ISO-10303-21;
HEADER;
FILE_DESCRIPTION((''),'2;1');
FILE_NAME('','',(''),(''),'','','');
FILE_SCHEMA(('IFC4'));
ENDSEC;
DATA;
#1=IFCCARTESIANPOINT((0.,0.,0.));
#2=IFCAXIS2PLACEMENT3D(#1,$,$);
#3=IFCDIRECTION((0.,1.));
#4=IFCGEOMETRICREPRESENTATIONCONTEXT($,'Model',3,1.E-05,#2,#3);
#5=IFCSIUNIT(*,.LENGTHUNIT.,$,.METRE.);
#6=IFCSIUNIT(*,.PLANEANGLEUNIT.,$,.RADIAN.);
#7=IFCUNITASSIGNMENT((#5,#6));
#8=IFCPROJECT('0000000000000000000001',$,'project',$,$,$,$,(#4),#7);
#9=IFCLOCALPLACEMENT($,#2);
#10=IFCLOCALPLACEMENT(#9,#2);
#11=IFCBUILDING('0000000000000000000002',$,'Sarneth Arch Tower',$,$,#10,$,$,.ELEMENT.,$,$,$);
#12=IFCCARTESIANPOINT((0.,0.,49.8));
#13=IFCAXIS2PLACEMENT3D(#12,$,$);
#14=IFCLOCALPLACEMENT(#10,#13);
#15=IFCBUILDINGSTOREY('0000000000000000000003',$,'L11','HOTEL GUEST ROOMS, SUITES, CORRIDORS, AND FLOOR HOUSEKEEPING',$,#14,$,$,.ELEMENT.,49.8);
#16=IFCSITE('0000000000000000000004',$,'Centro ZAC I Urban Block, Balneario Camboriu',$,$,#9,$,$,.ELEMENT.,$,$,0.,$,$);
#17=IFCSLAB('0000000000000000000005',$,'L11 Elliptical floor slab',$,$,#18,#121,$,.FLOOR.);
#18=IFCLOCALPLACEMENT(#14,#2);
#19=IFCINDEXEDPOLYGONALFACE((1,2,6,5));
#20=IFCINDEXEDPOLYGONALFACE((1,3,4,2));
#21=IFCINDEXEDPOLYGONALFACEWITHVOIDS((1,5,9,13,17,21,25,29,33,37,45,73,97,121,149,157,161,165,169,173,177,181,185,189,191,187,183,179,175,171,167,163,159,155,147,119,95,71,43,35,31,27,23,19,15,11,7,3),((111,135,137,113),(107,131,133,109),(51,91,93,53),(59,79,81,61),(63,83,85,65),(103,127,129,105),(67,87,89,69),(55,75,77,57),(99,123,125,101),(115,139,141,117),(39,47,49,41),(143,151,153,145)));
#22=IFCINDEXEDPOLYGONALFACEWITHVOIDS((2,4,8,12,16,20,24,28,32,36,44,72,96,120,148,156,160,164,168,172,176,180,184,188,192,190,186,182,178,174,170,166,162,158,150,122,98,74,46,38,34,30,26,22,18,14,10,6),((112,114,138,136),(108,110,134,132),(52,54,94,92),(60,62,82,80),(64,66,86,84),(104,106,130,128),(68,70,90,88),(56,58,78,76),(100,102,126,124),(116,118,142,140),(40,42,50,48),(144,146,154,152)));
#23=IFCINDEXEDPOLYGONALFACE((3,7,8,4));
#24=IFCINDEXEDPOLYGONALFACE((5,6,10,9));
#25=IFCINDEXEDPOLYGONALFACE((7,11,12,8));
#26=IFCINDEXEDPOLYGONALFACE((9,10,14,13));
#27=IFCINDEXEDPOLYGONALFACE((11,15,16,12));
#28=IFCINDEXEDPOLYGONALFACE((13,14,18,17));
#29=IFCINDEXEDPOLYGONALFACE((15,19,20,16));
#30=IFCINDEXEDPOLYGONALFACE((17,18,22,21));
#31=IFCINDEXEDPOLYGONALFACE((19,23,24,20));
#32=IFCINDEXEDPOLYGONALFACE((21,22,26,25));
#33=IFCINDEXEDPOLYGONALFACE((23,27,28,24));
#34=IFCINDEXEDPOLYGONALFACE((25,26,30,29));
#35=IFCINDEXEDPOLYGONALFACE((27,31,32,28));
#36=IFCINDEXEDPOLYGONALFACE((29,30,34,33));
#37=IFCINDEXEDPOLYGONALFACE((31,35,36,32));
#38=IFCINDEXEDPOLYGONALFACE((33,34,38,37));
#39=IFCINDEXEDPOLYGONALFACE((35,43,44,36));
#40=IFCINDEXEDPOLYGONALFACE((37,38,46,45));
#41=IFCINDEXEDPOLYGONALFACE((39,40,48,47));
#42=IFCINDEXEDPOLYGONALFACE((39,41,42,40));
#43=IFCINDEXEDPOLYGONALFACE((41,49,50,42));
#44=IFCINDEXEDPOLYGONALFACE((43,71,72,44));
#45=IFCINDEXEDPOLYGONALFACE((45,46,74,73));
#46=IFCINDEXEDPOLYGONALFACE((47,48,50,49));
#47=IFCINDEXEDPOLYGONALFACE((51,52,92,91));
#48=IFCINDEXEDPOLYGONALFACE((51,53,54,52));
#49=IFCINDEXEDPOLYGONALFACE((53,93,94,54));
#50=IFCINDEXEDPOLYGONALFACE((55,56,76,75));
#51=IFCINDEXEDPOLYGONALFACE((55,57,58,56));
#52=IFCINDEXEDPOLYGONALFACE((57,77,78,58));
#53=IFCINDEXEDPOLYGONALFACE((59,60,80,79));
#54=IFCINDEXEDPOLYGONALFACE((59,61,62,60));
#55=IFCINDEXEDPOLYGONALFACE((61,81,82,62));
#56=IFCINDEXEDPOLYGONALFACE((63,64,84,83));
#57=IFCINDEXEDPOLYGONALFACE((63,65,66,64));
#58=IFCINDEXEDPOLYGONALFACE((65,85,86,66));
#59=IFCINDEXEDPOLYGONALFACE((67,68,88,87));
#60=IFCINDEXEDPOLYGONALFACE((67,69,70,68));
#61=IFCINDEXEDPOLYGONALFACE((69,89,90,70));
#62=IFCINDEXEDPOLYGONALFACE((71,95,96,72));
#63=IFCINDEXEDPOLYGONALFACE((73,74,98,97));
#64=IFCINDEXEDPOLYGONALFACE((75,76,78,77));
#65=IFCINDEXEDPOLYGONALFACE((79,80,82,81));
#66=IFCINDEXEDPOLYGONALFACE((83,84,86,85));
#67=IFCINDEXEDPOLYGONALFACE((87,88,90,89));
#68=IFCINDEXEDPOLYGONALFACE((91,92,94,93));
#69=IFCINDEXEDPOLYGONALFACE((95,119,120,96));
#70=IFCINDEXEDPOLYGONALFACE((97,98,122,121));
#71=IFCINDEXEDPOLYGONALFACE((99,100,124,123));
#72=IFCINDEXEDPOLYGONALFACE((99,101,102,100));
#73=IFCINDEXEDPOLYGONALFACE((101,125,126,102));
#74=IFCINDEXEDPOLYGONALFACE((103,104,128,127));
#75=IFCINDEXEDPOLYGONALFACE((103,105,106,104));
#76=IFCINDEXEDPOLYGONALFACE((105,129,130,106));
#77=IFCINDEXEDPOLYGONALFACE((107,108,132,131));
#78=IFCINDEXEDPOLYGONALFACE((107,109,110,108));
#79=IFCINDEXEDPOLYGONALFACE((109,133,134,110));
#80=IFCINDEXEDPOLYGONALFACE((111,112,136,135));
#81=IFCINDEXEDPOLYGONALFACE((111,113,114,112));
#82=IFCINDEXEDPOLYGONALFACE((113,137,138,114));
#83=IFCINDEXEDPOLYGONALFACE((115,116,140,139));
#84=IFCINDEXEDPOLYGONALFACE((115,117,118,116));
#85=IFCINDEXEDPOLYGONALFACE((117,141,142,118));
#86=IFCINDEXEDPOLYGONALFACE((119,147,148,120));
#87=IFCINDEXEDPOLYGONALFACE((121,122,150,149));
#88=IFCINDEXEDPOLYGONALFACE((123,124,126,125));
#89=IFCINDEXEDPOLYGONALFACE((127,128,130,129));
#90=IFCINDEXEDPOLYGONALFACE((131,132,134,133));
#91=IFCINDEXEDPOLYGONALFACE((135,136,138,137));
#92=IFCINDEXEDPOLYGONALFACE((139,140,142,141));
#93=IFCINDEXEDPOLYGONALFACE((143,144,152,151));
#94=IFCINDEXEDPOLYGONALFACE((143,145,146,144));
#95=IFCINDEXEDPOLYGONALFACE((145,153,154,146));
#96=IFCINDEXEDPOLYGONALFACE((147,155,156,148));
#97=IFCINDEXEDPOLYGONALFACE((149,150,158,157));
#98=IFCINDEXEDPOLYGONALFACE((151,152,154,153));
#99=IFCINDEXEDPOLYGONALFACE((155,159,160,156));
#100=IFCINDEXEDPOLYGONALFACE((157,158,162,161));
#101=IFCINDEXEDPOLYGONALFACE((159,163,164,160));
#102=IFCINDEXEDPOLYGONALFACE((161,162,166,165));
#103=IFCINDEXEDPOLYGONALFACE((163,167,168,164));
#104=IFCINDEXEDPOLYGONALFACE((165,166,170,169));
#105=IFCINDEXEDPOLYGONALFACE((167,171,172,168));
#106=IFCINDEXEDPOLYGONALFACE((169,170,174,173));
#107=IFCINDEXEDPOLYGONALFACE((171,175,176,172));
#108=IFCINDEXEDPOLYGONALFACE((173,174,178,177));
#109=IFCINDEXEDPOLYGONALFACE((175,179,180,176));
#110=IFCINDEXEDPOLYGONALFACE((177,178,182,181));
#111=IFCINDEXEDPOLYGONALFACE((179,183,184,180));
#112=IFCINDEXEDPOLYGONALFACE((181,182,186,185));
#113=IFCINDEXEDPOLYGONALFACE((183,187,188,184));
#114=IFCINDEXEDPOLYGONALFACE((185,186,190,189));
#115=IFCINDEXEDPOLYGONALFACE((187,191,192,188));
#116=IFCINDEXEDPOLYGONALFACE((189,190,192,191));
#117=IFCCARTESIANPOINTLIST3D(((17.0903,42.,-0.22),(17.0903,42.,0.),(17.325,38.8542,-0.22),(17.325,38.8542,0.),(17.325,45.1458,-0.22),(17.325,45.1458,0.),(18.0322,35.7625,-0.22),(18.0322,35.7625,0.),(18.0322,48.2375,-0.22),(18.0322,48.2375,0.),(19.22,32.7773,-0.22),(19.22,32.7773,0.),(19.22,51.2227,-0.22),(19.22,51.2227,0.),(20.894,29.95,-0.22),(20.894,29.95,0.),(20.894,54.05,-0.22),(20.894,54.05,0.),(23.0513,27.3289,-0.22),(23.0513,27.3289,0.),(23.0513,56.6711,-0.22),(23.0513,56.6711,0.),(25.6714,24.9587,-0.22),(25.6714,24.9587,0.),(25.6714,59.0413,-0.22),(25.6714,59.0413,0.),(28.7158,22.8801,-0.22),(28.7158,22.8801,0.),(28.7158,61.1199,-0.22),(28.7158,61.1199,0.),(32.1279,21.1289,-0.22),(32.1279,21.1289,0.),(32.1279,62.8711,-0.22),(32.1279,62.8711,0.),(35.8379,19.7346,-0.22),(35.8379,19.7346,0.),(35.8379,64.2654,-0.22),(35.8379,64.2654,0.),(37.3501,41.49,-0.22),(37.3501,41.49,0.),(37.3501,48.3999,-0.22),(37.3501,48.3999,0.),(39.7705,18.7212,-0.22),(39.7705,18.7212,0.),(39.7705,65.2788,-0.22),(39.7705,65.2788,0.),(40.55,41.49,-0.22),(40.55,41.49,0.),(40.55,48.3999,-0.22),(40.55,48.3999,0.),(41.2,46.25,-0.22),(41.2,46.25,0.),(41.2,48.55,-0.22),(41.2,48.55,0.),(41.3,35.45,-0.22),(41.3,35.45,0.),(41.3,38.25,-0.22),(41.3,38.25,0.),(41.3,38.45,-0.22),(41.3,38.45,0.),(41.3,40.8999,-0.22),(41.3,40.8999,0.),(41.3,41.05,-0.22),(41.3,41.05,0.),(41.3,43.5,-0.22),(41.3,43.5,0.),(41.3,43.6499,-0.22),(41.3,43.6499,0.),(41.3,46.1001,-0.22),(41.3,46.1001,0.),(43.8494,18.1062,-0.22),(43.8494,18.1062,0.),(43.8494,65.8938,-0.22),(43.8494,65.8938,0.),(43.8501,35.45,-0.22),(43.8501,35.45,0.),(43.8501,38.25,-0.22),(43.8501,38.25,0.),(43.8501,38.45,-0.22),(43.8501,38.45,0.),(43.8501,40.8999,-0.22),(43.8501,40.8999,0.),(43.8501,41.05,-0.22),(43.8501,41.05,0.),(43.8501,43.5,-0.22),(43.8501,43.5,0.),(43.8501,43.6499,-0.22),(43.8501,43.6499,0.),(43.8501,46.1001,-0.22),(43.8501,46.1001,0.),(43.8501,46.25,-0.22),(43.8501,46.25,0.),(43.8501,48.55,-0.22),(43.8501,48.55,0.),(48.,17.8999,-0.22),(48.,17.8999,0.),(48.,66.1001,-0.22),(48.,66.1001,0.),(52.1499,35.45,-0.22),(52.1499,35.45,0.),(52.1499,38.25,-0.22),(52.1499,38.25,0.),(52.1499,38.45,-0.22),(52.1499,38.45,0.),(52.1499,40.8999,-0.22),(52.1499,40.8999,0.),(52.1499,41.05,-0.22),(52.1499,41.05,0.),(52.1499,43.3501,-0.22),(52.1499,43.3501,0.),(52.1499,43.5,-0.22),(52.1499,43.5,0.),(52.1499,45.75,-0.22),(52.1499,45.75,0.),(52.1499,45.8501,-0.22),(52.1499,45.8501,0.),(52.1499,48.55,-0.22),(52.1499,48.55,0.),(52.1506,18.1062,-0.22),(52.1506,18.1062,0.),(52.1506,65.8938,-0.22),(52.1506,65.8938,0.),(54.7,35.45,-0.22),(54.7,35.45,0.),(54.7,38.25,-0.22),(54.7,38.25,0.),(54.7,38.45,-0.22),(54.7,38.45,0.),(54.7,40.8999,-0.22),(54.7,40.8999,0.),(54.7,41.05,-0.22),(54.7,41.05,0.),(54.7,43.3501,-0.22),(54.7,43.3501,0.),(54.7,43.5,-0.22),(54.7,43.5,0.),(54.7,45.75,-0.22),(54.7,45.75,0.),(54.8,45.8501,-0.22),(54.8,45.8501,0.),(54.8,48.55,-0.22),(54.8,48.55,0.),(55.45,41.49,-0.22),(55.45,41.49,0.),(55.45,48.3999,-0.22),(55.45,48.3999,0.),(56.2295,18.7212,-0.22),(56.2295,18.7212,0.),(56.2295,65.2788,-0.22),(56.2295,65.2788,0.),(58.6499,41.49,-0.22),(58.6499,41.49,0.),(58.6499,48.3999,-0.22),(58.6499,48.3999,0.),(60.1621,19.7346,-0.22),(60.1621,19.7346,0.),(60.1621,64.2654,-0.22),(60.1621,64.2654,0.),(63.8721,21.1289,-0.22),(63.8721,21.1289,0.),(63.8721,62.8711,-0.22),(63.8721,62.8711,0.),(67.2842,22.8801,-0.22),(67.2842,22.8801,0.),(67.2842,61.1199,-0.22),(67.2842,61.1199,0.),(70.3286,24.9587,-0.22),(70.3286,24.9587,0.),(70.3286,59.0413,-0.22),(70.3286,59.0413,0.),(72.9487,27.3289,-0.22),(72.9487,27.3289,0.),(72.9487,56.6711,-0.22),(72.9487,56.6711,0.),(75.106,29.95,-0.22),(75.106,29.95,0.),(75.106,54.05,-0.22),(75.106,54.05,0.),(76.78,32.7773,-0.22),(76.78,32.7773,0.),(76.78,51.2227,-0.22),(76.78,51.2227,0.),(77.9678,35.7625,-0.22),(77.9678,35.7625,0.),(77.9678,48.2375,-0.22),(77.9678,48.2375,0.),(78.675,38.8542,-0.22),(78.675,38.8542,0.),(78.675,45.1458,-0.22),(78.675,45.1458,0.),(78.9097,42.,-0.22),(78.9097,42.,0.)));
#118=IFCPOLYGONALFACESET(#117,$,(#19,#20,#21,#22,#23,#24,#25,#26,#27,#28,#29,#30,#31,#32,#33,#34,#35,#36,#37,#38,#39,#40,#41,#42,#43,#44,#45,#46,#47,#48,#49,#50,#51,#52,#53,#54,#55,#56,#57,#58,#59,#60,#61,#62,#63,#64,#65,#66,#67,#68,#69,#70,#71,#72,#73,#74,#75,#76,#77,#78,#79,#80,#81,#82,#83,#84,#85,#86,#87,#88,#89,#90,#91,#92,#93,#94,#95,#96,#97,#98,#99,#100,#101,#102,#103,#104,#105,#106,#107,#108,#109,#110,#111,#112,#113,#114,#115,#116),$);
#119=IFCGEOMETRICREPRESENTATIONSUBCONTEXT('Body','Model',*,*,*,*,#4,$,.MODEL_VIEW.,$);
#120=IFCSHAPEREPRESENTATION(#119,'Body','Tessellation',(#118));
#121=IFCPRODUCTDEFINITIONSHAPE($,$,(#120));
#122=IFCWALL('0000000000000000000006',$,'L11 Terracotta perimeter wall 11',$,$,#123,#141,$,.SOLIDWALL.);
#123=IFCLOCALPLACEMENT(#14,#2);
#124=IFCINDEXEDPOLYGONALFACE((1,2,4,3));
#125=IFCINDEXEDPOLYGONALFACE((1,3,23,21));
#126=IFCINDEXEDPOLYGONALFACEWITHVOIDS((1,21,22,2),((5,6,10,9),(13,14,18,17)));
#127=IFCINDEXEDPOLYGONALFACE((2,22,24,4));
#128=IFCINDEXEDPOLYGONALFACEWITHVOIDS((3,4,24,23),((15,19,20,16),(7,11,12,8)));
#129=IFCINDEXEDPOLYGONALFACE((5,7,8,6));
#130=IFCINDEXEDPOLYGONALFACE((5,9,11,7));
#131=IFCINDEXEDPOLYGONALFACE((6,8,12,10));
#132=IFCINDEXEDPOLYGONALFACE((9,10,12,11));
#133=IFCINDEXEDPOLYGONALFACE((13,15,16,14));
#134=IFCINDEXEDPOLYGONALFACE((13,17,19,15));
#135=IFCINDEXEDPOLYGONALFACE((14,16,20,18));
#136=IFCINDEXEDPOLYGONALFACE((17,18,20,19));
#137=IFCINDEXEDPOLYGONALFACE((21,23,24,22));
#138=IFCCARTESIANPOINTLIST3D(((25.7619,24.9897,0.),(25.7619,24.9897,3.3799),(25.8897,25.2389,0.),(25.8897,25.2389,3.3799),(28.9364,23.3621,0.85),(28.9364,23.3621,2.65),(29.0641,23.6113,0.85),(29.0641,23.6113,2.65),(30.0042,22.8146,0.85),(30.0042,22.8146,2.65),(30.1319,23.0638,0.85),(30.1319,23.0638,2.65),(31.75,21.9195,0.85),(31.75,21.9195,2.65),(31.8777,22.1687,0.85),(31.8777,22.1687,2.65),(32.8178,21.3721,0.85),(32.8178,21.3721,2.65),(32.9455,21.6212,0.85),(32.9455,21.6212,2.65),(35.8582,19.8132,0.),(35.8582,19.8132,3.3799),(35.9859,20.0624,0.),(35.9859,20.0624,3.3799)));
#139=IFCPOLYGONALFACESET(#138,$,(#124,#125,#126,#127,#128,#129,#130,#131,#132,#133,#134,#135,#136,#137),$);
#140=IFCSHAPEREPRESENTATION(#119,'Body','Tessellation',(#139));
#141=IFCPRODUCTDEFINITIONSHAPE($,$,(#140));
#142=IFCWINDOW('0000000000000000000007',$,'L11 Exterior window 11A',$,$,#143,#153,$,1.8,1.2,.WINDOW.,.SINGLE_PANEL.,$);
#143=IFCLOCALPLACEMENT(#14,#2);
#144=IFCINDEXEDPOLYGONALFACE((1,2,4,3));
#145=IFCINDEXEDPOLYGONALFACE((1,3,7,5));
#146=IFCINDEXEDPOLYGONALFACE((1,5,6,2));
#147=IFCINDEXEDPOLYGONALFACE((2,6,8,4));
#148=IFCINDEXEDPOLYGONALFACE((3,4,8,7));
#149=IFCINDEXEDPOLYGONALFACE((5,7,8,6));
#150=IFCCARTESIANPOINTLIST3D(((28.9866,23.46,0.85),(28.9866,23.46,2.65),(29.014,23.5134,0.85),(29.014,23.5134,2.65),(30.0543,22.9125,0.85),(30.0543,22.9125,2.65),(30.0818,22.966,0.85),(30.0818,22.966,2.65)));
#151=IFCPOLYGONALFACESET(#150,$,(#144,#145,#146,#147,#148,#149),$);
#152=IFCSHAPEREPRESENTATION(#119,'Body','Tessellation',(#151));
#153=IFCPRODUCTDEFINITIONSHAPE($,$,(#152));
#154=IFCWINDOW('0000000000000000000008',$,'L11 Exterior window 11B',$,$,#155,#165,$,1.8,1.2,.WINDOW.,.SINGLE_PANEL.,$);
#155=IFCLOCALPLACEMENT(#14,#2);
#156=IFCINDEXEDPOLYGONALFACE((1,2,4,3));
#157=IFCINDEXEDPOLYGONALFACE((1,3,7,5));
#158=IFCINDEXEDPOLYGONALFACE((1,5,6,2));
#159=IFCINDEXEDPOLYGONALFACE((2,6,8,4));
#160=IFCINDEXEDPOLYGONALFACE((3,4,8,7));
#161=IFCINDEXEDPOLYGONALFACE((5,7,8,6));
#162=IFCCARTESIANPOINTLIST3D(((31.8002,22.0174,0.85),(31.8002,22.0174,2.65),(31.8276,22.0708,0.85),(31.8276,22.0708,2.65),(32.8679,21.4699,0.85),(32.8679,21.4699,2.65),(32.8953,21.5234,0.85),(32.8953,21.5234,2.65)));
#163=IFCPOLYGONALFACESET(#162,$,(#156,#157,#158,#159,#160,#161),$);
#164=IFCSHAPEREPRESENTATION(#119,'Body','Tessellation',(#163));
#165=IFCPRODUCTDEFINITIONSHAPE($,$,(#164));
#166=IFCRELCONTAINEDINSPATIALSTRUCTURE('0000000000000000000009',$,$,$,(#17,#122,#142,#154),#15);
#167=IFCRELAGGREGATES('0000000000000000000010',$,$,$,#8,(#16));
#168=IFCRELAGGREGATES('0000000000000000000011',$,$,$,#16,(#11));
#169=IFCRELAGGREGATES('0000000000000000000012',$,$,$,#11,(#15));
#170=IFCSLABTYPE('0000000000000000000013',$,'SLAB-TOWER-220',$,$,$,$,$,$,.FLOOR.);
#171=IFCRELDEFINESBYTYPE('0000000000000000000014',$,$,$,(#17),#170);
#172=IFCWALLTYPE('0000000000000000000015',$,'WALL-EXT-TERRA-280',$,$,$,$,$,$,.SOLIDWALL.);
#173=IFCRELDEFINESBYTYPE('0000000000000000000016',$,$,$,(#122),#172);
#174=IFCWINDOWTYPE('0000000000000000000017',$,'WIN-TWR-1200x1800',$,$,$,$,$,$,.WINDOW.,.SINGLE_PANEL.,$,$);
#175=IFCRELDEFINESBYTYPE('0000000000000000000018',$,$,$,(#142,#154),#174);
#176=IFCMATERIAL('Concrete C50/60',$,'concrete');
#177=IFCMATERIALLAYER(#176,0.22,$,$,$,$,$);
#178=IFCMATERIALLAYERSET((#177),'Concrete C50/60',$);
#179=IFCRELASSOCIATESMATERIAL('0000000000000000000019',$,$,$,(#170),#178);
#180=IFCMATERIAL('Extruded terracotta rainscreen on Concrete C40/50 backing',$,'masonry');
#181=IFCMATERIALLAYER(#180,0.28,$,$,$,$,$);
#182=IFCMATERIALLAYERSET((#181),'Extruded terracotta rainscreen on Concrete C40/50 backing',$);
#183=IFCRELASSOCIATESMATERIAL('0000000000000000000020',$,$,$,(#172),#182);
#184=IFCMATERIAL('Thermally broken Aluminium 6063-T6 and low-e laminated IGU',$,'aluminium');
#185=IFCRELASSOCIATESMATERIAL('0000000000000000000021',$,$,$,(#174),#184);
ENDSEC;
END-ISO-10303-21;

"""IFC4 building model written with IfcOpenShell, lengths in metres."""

from ifc_helpers import new_model, si_unit, direction, frame, frame_2d, origin, place, context, subcontext, project, spatial, polyline, rectangle, outline, extrude, material, layer, layer_set, type_object, element, fill, save


model = new_model("IFC4")

# Units and contexts
model_context = context("Model", 3, precision=1e-05, world=origin(), true_north=direction((0.0, 1.0)))
body_context = subcontext(model_context, "Body", "Model", "MODEL_VIEW")
ifc_project = project(units=[si_unit("LENGTHUNIT", "METRE"), si_unit("PLANEANGLEUNIT", "RADIAN")], contexts=[model_context])

# Site, building, storey
site_placement = place(None, origin())
site = spatial("IfcSite", under=ifc_project, at=site_placement, Name="Centro ZAC I Urban Block, Balneario Camboriu", CompositionType="ELEMENT", RefElevation=0.0)
building_placement = place(site_placement, origin())
building = spatial("IfcBuilding", under=site, at=building_placement, Name="Sarneth Arch Tower", CompositionType="ELEMENT")
storey_placement = place(building_placement, frame((0.0, 0.0, 49.8)))
storey = spatial("IfcBuildingStorey", under=building, at=storey_placement, Name="L11", Description="HOTEL GUEST ROOMS, SUITES, CORRIDORS, AND FLOOR HOUSEKEEPING", CompositionType="ELEMENT", Elevation=49.8)

# Slab
ifc_material_1 = material(Name="Concrete C50/60", Category="concrete")
ifc_layer_1 = layer(ifc_material_1, 0.22)
ifc_layer_set_1 = layer_set([ifc_layer_1], Name="Concrete C50/60")
slab_type_1 = type_object("IfcSlabType", Name="SLAB-TOWER-220", PredefinedType="FLOOR", material=ifc_layer_set_1)
slab_1_placement = place(storey_placement, frame((0.0, 0.0, -0.22)))
element("IfcSlab", 1, at=slab_1_placement, inside=storey, type_object=slab_type_1, Name="L11 Elliptical floor slab", PredefinedType="FLOOR", context=body_context, shape_type="SweptSolid", body=[
    extrude(outline(polyline([(78.9097, 42.0), (78.675, 45.1458), (77.9678, 48.2375), (76.78, 51.2227), (75.106, 54.05), (72.9487, 56.6711), (70.3286, 59.0413), (67.2842, 61.1199), (63.8721, 62.8711), (60.1621, 64.2654), (56.2295, 65.2788), (52.1506, 65.8938), (48.0, 66.1001), (43.8494, 65.8938), (39.7705, 65.2788), (35.8379, 64.2654), (32.1279, 62.8711), (28.7158, 61.1199), (25.6714, 59.0413), (23.0513, 56.6711), (20.894, 54.05), (19.22, 51.2227), (18.0322, 48.2375), (17.325, 45.1458), (17.0903, 42.0), (17.325, 38.8542), (18.0322, 35.7625), (19.22, 32.7773), (20.894, 29.95), (23.0513, 27.3289), (25.6714, 24.9587), (28.7158, 22.8801), (32.1279, 21.1289), (35.8379, 19.7346), (39.7705, 18.7212), (43.8494, 18.1062), (48.0, 17.8999), (52.1506, 18.1062), (56.2295, 18.7212), (60.1621, 19.7346), (63.8721, 21.1289), (67.2842, 22.8801), (70.3286, 24.9587), (72.9487, 27.3289), (75.106, 29.95), (76.78, 32.7773), (77.9678, 35.7625), (78.675, 38.8542), (78.9097, 42.0)]), holes=[polyline([(37.3501, 41.49), (40.55, 41.49), (40.55, 48.3999), (37.3501, 48.3999), (37.3501, 41.49)]), polyline([(55.45, 41.49), (58.6499, 41.49), (58.6499, 48.3999), (55.45, 48.3999), (55.45, 41.49)]), polyline([(41.2, 46.25), (43.8501, 46.25), (43.8501, 48.55), (41.2, 48.55), (41.2, 46.25)]), polyline([(41.3, 35.45), (43.8501, 35.45), (43.8501, 38.25), (41.3, 38.25), (41.3, 35.45)]), polyline([(52.1499, 35.45), (54.7, 35.45), (54.7, 38.25), (52.1499, 38.25), (52.1499, 35.45)]), polyline([(52.1499, 45.8501), (54.8, 45.8501), (54.8, 48.55), (52.1499, 48.55), (52.1499, 45.8501)]), polyline([(41.3, 38.45), (43.8501, 38.45), (43.8501, 40.8999), (41.3, 40.8999), (41.3, 38.45)]), polyline([(41.3, 41.05), (43.8501, 41.05), (43.8501, 43.5), (41.3, 43.5), (41.3, 41.05)]), polyline([(41.3, 43.6499), (43.8501, 43.6499), (43.8501, 46.1001), (41.3, 46.1001), (41.3, 43.6499)]), polyline([(52.1499, 38.45), (54.7, 38.45), (54.7, 40.8999), (52.1499, 40.8999), (52.1499, 38.45)]), polyline([(52.1499, 41.05), (54.7, 41.05), (54.7, 43.3501), (52.1499, 43.3501), (52.1499, 41.05)]), polyline([(52.1499, 43.5), (54.7, 43.5), (54.7, 45.75), (52.1499, 45.75), (52.1499, 43.5)])]), origin(), (0.0, 0.0, 1.0), 0.22),
])

# Wall, openings, windows
ifc_material_2 = material(Name="Extruded terracotta rainscreen on Concrete C40/50 backing", Category="masonry")
ifc_layer_2 = layer(ifc_material_2, 0.28)
ifc_layer_set_2 = layer_set([ifc_layer_2], Name="Extruded terracotta rainscreen on Concrete C40/50 backing")
wall_type_1 = type_object("IfcWallType", Name="WALL-EXT-TERRA-280", PredefinedType="SOLIDWALL", material=ifc_layer_set_2)
wall_1_placement = place(storey_placement, frame((25.8259, 25.1143, 0.0), z_axis=(0.0, 0.0, 1.0), x_axis=(0.889854, -0.456245, 0.0)))
wall_1 = element("IfcWall", 2, at=wall_1_placement, inside=storey, type_object=wall_type_1, Name="L11 Terracotta perimeter wall 11", PredefinedType="SOLIDWALL", context=body_context, shape_type="SweptSolid", body=[
    extrude(rectangle(XDim=11.3459, YDim=0.28, at=frame_2d((5.6729, 0.0))), origin(), (0.0, 0.0, 1.0), 3.3799),
])
opening_1_placement = place(wall_1_placement, frame((3.5671, 0.0, 0.8501)))
opening_1 = element("IfcOpeningElement", 3, at=opening_1_placement, cuts=wall_1, PredefinedType="OPENING", context=body_context, shape_type="SweptSolid", body=[
    extrude(rectangle(XDim=1.2, YDim=1.8, at=frame_2d((0.6001, 0.8999))), frame((0.0, 0.1499, 0.0), z_axis=(0.0, -1.0, 0.0), x_axis=(1.0, 0.0, 0.0)), (0.0, 0.0, 1.0), 0.3),
])
opening_2_placement = place(wall_1_placement, frame((6.729, 0.0, 0.8501)))
opening_2 = element("IfcOpeningElement", 4, at=opening_2_placement, cuts=wall_1, PredefinedType="OPENING", context=body_context, shape_type="SweptSolid", body=[
    extrude(rectangle(XDim=1.2, YDim=1.8, at=frame_2d((0.6001, 0.8999))), frame((0.0, 0.1499, 0.0), z_axis=(0.0, -1.0, 0.0), x_axis=(1.0, 0.0, 0.0)), (0.0, 0.0, 1.0), 0.3),
])
ifc_material_3 = material(Name="Thermally broken Aluminium 6063-T6 and low-e laminated IGU", Category="aluminium")
window_type = type_object("IfcWindowType", Name="WIN-TWR-1200x1800", PartitioningType="SINGLE_PANEL", PredefinedType="WINDOW", material=ifc_material_3)
window_1_placement = place(opening_1_placement, origin())
window_1 = element("IfcWindow", 5, at=window_1_placement, inside=storey, type_object=window_type, Name="L11 Exterior window 11A", OverallHeight=1.8, OverallWidth=1.2, PartitioningType="SINGLE_PANEL", PredefinedType="WINDOW", context=body_context, shape_type="SweptSolid", body=[
    extrude(rectangle(XDim=1.2, YDim=1.8, at=frame_2d((0.6001, 0.8999))), frame((0.0, 0.03, 0.0), z_axis=(0.0, -1.0, 0.0), x_axis=(1.0, 0.0, 0.0)), (0.0, 0.0, 1.0), 0.0601),
])
fill(opening_1, window_1)
window_2_placement = place(opening_2_placement, origin())
window_2 = element("IfcWindow", 6, at=window_2_placement, inside=storey, type_object=window_type, Name="L11 Exterior window 11B", OverallHeight=1.8, OverallWidth=1.2, PartitioningType="SINGLE_PANEL", PredefinedType="WINDOW", context=body_context, shape_type="SweptSolid", body=[
    extrude(rectangle(XDim=1.2, YDim=1.8, at=frame_2d((0.6001, 0.8999))), frame((0.0, 0.03, 0.0), z_axis=(0.0, -1.0, 0.0), x_axis=(1.0, 0.0, 0.0)), (0.0, 0.0, 1.0), 0.0601),
])
fill(opening_2, window_2)

save(model, "model.ifc")
